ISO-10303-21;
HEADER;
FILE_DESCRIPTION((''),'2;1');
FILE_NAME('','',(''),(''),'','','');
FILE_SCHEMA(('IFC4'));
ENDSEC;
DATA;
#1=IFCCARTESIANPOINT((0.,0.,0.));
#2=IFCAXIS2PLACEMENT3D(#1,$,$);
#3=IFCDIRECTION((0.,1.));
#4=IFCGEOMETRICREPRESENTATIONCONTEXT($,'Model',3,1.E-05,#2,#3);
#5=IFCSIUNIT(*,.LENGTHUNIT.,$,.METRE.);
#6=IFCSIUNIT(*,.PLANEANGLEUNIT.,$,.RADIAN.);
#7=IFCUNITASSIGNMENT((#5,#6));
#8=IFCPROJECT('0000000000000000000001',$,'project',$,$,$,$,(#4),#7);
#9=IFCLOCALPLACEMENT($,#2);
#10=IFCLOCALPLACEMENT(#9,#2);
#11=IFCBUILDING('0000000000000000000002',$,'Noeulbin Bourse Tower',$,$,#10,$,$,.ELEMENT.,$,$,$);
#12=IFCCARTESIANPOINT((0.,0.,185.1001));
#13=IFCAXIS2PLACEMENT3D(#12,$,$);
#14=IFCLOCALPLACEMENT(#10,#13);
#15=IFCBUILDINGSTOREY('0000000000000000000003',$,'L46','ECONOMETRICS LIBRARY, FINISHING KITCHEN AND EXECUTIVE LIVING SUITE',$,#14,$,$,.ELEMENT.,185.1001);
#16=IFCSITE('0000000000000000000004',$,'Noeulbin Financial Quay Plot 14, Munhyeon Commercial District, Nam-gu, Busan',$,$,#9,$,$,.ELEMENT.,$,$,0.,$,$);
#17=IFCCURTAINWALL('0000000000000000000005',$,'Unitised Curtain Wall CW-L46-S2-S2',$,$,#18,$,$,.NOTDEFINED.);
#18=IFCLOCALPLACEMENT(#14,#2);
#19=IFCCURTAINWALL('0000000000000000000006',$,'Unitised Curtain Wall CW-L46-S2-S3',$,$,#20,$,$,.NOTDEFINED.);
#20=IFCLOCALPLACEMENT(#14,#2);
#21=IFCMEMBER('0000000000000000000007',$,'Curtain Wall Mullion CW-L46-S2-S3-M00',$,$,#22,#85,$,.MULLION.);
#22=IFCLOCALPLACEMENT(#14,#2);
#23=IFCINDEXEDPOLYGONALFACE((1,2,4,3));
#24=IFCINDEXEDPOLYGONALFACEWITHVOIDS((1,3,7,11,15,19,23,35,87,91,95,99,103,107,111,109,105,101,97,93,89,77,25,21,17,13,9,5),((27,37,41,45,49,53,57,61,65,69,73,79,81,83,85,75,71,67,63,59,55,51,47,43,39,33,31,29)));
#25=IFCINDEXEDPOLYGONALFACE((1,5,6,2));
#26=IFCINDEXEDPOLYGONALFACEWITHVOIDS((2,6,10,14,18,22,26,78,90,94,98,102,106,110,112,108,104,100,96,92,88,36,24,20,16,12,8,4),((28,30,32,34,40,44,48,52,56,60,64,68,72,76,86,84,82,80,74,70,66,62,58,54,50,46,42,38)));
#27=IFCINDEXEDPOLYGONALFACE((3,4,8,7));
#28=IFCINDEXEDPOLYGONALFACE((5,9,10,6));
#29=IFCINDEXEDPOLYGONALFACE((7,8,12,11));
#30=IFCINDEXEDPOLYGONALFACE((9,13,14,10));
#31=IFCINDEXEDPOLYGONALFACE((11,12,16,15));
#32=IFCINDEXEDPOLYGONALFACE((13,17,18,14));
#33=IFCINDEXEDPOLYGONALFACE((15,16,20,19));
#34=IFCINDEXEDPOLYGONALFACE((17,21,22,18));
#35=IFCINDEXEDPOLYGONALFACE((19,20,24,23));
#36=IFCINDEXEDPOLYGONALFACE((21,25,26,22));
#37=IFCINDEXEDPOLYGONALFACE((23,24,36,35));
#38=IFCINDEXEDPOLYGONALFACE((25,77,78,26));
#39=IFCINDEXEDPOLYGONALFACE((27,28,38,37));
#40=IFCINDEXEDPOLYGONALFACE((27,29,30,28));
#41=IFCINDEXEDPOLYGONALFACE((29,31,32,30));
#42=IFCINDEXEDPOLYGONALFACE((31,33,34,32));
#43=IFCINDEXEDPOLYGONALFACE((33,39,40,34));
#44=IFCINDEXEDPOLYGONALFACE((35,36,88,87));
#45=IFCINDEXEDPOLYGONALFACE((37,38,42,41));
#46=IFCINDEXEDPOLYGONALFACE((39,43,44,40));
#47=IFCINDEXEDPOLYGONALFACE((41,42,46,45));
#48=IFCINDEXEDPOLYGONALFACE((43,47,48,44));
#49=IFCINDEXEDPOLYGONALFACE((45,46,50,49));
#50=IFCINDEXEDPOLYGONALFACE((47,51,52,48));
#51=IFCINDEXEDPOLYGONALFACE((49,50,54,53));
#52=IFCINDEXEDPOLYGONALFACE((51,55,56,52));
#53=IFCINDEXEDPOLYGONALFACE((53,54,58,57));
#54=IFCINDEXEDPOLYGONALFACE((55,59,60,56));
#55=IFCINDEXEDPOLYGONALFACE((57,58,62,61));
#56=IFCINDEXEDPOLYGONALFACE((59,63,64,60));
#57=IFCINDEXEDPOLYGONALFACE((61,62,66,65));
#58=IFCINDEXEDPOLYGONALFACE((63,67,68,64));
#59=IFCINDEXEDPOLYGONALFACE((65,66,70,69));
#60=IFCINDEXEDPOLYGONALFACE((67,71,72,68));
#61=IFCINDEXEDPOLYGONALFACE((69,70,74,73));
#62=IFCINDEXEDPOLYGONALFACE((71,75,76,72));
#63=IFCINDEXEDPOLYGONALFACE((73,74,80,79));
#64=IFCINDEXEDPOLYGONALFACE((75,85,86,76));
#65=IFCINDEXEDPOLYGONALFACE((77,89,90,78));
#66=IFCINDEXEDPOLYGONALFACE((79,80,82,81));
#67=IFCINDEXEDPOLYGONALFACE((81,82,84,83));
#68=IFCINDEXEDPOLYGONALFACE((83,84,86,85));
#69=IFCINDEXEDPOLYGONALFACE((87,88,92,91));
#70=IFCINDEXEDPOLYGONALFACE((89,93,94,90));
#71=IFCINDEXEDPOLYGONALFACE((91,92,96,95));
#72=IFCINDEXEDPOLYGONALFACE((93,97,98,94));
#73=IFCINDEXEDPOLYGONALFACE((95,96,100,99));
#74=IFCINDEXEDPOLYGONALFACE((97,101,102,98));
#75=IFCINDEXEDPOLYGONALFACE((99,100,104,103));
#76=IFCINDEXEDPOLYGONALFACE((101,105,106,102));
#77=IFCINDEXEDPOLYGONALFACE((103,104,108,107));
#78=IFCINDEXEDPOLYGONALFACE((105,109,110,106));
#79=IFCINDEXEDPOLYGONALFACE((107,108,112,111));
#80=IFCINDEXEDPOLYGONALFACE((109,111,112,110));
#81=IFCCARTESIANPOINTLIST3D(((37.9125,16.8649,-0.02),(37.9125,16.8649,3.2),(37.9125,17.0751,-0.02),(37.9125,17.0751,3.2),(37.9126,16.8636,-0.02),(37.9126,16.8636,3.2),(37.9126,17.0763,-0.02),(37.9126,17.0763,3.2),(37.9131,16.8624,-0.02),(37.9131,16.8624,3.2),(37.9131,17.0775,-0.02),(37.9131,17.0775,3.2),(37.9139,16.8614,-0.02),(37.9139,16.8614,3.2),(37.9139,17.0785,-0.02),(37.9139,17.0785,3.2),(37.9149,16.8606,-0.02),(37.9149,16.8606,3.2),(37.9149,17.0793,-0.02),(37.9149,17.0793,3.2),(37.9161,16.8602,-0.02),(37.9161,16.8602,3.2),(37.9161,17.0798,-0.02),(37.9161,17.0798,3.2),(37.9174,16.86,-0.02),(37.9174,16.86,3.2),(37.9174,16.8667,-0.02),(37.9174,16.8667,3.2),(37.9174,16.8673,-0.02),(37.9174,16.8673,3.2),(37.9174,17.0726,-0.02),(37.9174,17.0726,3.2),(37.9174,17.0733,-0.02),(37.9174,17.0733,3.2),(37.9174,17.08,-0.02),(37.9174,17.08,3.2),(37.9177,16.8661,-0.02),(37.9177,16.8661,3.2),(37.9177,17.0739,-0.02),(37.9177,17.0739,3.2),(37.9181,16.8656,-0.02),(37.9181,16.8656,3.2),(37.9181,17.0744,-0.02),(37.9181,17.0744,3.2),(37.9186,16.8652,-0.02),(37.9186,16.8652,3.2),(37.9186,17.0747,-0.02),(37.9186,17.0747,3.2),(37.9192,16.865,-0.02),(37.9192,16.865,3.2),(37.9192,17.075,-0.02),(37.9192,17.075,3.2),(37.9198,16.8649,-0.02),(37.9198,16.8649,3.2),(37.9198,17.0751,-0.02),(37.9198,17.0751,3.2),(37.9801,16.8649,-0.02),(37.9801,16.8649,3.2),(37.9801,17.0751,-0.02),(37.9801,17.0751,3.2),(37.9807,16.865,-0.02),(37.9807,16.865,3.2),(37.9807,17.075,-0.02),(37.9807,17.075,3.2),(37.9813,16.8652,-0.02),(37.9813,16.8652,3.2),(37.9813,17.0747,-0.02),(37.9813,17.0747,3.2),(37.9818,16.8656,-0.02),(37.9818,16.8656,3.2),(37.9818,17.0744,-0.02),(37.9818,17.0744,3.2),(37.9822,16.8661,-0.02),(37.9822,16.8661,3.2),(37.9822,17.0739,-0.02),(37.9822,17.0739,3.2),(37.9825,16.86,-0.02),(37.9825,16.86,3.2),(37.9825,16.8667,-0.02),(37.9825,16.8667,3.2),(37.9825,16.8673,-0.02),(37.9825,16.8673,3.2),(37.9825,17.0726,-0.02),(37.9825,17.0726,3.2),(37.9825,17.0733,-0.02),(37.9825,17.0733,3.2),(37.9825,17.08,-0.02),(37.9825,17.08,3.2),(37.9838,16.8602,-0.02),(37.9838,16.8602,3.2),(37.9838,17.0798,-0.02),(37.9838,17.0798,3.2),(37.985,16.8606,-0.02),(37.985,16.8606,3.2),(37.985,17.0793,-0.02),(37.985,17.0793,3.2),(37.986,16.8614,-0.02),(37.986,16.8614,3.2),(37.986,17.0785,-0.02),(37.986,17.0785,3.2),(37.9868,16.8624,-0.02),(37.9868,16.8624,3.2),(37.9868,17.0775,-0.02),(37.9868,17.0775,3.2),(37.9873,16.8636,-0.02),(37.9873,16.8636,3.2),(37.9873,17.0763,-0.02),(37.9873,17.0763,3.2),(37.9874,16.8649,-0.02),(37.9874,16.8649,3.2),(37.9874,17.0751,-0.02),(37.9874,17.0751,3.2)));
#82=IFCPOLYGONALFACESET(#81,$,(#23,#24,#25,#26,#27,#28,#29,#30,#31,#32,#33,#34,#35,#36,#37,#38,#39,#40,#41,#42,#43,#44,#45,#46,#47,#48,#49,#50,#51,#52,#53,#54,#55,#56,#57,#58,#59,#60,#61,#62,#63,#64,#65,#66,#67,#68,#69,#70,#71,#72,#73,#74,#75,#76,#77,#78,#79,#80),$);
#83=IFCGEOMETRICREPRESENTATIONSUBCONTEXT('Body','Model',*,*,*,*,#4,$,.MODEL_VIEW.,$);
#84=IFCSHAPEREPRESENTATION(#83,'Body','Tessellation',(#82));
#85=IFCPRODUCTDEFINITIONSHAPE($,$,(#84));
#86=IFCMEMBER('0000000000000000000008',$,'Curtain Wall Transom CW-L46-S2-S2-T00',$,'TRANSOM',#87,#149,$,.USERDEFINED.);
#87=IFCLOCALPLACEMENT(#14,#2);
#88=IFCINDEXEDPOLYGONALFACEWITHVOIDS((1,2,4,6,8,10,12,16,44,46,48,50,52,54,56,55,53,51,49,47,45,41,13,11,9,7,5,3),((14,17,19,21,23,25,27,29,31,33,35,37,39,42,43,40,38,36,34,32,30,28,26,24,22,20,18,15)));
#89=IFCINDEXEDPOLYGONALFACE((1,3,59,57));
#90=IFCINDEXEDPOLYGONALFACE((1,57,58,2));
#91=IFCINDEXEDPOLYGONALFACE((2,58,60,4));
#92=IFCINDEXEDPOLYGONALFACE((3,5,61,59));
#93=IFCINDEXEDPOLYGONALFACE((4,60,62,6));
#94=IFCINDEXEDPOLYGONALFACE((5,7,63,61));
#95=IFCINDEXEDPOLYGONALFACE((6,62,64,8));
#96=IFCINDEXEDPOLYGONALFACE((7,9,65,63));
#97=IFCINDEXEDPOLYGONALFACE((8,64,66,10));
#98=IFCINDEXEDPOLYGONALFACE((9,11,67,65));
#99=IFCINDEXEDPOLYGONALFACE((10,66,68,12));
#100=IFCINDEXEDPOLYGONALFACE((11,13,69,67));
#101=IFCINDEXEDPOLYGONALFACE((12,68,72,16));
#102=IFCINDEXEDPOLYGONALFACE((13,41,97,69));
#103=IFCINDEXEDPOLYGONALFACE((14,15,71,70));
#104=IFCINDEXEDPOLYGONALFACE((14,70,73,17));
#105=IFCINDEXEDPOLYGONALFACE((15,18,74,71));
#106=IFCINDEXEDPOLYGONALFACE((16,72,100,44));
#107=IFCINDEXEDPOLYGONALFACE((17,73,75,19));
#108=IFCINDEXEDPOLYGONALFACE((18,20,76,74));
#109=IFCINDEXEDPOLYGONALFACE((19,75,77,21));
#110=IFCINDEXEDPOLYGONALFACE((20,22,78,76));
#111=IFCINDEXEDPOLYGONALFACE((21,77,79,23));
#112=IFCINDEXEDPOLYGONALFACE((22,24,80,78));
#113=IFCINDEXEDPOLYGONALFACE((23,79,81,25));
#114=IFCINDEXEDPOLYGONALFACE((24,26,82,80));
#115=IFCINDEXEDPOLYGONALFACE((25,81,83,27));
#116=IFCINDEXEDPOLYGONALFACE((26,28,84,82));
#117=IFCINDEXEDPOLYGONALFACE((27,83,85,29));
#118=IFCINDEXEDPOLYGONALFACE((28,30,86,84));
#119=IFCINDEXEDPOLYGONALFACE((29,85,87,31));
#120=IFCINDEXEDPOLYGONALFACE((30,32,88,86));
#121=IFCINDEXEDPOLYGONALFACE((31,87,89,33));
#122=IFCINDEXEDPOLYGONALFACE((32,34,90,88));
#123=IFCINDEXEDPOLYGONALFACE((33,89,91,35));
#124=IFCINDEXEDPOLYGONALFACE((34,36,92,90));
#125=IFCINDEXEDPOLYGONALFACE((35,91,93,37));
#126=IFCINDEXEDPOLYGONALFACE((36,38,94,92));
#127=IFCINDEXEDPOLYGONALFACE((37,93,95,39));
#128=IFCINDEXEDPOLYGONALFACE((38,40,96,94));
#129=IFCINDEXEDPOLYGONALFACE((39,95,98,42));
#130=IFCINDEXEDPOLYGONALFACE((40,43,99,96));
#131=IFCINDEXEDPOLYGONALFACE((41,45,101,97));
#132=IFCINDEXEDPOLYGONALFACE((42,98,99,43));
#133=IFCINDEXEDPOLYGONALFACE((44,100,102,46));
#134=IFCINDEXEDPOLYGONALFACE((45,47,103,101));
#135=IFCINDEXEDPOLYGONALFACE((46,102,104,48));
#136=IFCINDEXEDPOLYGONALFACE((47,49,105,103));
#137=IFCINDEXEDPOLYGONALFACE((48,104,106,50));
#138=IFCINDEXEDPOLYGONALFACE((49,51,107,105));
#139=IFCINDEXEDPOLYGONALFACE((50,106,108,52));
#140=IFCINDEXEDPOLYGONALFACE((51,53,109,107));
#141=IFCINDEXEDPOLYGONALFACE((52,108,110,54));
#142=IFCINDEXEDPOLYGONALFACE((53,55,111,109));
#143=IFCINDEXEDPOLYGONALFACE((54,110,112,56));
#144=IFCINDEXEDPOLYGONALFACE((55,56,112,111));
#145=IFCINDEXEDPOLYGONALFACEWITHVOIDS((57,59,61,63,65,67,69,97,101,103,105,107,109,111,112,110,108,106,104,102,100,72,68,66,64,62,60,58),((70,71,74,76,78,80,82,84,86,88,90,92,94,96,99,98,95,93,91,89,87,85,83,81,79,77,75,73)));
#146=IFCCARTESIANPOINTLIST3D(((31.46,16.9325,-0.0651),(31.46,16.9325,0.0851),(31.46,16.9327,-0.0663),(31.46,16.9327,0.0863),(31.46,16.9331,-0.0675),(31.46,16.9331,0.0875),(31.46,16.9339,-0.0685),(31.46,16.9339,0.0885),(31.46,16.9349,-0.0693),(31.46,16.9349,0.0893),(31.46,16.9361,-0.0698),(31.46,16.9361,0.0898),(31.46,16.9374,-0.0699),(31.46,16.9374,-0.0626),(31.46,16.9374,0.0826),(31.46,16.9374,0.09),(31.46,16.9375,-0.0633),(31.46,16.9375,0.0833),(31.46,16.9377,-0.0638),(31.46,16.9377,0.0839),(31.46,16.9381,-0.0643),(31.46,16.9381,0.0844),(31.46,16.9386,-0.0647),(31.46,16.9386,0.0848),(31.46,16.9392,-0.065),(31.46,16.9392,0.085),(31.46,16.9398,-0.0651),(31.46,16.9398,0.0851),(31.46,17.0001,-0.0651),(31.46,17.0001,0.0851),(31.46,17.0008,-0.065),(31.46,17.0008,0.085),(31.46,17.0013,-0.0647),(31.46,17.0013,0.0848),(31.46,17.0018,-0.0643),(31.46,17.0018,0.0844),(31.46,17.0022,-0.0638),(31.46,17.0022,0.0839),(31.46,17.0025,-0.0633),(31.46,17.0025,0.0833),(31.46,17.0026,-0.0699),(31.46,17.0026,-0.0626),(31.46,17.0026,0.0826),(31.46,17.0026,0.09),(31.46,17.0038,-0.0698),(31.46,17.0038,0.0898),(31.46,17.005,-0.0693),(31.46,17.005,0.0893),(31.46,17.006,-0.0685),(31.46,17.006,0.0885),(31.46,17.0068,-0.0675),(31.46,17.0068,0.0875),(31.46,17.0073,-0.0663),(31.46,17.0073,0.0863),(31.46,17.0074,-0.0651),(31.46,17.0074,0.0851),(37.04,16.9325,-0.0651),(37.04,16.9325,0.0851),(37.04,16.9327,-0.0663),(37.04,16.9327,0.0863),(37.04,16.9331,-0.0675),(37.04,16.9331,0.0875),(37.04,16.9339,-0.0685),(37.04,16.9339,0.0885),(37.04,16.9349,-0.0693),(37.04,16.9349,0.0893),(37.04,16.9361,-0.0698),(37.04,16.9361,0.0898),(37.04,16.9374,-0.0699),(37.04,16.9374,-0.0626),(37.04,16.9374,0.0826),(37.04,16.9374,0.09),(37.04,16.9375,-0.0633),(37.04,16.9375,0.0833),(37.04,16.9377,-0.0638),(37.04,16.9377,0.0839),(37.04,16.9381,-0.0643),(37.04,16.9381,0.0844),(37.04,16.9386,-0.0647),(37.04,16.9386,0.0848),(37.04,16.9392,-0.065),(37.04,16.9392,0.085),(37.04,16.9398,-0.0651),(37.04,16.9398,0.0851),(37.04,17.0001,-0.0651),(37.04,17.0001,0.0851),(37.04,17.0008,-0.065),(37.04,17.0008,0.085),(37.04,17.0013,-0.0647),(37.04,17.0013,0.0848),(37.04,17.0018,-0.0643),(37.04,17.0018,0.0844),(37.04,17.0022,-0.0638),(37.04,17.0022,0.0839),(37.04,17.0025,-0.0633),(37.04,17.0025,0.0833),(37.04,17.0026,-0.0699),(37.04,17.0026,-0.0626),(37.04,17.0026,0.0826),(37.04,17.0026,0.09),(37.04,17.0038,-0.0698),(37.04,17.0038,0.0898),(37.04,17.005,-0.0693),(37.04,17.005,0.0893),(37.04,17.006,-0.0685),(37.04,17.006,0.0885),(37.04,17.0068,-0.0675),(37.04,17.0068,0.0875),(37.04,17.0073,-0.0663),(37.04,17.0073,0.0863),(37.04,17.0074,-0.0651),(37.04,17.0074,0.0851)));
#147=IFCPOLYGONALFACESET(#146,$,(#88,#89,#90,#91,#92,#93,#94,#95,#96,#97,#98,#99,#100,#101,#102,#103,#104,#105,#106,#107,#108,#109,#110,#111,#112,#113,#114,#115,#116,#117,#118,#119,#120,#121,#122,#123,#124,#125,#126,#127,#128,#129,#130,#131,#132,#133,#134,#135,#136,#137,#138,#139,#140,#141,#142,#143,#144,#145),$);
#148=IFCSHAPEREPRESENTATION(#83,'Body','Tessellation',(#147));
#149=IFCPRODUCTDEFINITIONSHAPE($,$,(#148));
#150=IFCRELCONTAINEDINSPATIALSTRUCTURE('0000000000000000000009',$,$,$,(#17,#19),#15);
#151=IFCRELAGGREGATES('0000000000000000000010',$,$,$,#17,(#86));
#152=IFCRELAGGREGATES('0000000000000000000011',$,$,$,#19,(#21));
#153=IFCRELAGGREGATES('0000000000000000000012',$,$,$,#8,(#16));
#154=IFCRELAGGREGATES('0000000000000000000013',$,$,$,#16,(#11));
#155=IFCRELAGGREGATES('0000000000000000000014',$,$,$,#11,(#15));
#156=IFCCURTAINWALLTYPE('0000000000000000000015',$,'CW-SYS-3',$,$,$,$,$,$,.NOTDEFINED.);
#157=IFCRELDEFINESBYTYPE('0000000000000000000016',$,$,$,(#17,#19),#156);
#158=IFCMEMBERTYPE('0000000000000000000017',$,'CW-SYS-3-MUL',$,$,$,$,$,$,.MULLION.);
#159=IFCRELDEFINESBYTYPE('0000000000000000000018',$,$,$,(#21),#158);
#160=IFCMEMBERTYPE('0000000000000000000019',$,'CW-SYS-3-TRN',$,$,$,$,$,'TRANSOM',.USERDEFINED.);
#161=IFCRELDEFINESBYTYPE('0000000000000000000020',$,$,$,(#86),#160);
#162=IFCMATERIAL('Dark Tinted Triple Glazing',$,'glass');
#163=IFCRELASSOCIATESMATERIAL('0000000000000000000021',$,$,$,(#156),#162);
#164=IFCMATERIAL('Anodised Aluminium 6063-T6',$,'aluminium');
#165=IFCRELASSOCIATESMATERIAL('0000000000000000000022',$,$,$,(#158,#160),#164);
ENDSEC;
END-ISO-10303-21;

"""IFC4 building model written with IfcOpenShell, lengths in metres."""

from ifc_helpers import new_model, si_unit, direction, frame, origin, origin_2d, place, context, subcontext, project, spatial, hollow_rectangle, extrude, material, material_profile, profile_set, type_object, element, aggregate, save


model = new_model("IFC4")

# Units and contexts
model_context = context("Model", 3, precision=1e-05, world=origin(), true_north=direction((0.0, 1.0)))
body_context = subcontext(model_context, "Body", "Model", "MODEL_VIEW")
ifc_project = project(units=[si_unit("LENGTHUNIT", "METRE"), si_unit("PLANEANGLEUNIT", "RADIAN")], contexts=[model_context])

# Site, building, storey
site_placement = place(None, origin())
site = spatial("IfcSite", under=ifc_project, at=site_placement, Name="Noeulbin Financial Quay Plot 14, Munhyeon Commercial District, Nam-gu, Busan", CompositionType="ELEMENT", RefElevation=0.0)
building_placement = place(site_placement, origin())
building = spatial("IfcBuilding", under=site, at=building_placement, Name="Noeulbin Bourse Tower", CompositionType="ELEMENT")
storey_placement = place(building_placement, frame((0.0, 0.0, 185.1001)))
storey = spatial("IfcBuildingStorey", under=building, at=storey_placement, Name="L46", Description="ECONOMETRICS LIBRARY, FINISHING KITCHEN AND EXECUTIVE LIVING SUITE", CompositionType="ELEMENT", Elevation=185.1001)

# Shared definitions
ifc_material_1 = material(Name="Dark Tinted Triple Glazing", Category="glass")
curtain_wall_type = type_object("IfcCurtainWallType", Name="CW-SYS-3", PredefinedType="NOTDEFINED", material=ifc_material_1)
ifc_material_2 = material(Name="Anodised Aluminium 6063-T6", Category="aluminium")
ifc_material_profile_1 = material_profile(ifc_material_2, hollow_rectangle(XDim=0.075, YDim=0.22, WallThickness=0.0049, InnerFilletRadius=0.0024, OuterFilletRadius=0.0049, at=origin_2d()), Name="ALU-MULL-75x220x5", Category="LoadBearing")
ifc_profile_set_1 = profile_set([ifc_material_profile_1], Name="Anodised Aluminium 6063-T6")
member_type_1 = type_object("IfcMemberType", Name="CW-SYS-3-MUL", PredefinedType="MULLION", material=ifc_profile_set_1)

# Curtain wall
curtain_wall_1_placement = place(storey_placement, origin())
curtain_wall_1 = element("IfcCurtainWall", 1, at=curtain_wall_1_placement, inside=storey, type_object=curtain_wall_type, Name="Unitised Curtain Wall CW-L46-S2-S2", PredefinedType="NOTDEFINED")

# Curtain wall, member
curtain_wall_2_placement = place(storey_placement, origin())
curtain_wall_2 = element("IfcCurtainWall", 2, at=curtain_wall_2_placement, inside=storey, type_object=curtain_wall_type, Name="Unitised Curtain Wall CW-L46-S2-S3", PredefinedType="NOTDEFINED")
member_1_placement = place(storey_placement, frame((37.95, 16.97, -0.02), z_axis=(0.0, 0.0, 1.0), x_axis=(1.0, 0.0, 0.0)))
member_1 = element("IfcMember", 3, at=member_1_placement, type_object=member_type_1, Name="Curtain Wall Mullion CW-L46-S2-S3-M00", PredefinedType="MULLION", context=body_context, shape_type="SweptSolid", body=[
    extrude(hollow_rectangle(XDim=0.075, YDim=0.22, WallThickness=0.0049, InnerFilletRadius=0.0024, OuterFilletRadius=0.0049, at=origin_2d()), origin(), (0.0, 0.0, 1.0), 3.22),
])

# Member
ifc_material_profile_2 = material_profile(ifc_material_2, hollow_rectangle(XDim=0.075, YDim=0.1599, WallThickness=0.0049, InnerFilletRadius=0.0024, OuterFilletRadius=0.0049, at=origin_2d()), Name="ALU-TRAN-75x160x5", Category="LoadBearing")
ifc_profile_set_2 = profile_set([ifc_material_profile_2], Name="Anodised Aluminium 6063-T6")
member_type_2 = type_object("IfcMemberType", Name="CW-SYS-3-TRN", ElementType="TRANSOM", PredefinedType="USERDEFINED", material=ifc_profile_set_2)
member_2_placement = place(storey_placement, frame((31.46, 16.97, 0.01), z_axis=(1.0, 0.0, 0.0), x_axis=(0.0, 1.0, 0.0)))
member_2 = element("IfcMember", 4, at=member_2_placement, type_object=member_type_2, Name="Curtain Wall Transom CW-L46-S2-S2-T00", ObjectType="TRANSOM", PredefinedType="USERDEFINED", context=body_context, shape_type="SweptSolid", body=[
    extrude(hollow_rectangle(XDim=0.075, YDim=0.1599, WallThickness=0.0049, InnerFilletRadius=0.0024, OuterFilletRadius=0.0049, at=origin_2d()), origin(), (0.0, 0.0, 1.0), 5.5801),
])

aggregate(curtain_wall_1, [member_2])
aggregate(curtain_wall_2, [member_1])

save(model, "model.ifc")
